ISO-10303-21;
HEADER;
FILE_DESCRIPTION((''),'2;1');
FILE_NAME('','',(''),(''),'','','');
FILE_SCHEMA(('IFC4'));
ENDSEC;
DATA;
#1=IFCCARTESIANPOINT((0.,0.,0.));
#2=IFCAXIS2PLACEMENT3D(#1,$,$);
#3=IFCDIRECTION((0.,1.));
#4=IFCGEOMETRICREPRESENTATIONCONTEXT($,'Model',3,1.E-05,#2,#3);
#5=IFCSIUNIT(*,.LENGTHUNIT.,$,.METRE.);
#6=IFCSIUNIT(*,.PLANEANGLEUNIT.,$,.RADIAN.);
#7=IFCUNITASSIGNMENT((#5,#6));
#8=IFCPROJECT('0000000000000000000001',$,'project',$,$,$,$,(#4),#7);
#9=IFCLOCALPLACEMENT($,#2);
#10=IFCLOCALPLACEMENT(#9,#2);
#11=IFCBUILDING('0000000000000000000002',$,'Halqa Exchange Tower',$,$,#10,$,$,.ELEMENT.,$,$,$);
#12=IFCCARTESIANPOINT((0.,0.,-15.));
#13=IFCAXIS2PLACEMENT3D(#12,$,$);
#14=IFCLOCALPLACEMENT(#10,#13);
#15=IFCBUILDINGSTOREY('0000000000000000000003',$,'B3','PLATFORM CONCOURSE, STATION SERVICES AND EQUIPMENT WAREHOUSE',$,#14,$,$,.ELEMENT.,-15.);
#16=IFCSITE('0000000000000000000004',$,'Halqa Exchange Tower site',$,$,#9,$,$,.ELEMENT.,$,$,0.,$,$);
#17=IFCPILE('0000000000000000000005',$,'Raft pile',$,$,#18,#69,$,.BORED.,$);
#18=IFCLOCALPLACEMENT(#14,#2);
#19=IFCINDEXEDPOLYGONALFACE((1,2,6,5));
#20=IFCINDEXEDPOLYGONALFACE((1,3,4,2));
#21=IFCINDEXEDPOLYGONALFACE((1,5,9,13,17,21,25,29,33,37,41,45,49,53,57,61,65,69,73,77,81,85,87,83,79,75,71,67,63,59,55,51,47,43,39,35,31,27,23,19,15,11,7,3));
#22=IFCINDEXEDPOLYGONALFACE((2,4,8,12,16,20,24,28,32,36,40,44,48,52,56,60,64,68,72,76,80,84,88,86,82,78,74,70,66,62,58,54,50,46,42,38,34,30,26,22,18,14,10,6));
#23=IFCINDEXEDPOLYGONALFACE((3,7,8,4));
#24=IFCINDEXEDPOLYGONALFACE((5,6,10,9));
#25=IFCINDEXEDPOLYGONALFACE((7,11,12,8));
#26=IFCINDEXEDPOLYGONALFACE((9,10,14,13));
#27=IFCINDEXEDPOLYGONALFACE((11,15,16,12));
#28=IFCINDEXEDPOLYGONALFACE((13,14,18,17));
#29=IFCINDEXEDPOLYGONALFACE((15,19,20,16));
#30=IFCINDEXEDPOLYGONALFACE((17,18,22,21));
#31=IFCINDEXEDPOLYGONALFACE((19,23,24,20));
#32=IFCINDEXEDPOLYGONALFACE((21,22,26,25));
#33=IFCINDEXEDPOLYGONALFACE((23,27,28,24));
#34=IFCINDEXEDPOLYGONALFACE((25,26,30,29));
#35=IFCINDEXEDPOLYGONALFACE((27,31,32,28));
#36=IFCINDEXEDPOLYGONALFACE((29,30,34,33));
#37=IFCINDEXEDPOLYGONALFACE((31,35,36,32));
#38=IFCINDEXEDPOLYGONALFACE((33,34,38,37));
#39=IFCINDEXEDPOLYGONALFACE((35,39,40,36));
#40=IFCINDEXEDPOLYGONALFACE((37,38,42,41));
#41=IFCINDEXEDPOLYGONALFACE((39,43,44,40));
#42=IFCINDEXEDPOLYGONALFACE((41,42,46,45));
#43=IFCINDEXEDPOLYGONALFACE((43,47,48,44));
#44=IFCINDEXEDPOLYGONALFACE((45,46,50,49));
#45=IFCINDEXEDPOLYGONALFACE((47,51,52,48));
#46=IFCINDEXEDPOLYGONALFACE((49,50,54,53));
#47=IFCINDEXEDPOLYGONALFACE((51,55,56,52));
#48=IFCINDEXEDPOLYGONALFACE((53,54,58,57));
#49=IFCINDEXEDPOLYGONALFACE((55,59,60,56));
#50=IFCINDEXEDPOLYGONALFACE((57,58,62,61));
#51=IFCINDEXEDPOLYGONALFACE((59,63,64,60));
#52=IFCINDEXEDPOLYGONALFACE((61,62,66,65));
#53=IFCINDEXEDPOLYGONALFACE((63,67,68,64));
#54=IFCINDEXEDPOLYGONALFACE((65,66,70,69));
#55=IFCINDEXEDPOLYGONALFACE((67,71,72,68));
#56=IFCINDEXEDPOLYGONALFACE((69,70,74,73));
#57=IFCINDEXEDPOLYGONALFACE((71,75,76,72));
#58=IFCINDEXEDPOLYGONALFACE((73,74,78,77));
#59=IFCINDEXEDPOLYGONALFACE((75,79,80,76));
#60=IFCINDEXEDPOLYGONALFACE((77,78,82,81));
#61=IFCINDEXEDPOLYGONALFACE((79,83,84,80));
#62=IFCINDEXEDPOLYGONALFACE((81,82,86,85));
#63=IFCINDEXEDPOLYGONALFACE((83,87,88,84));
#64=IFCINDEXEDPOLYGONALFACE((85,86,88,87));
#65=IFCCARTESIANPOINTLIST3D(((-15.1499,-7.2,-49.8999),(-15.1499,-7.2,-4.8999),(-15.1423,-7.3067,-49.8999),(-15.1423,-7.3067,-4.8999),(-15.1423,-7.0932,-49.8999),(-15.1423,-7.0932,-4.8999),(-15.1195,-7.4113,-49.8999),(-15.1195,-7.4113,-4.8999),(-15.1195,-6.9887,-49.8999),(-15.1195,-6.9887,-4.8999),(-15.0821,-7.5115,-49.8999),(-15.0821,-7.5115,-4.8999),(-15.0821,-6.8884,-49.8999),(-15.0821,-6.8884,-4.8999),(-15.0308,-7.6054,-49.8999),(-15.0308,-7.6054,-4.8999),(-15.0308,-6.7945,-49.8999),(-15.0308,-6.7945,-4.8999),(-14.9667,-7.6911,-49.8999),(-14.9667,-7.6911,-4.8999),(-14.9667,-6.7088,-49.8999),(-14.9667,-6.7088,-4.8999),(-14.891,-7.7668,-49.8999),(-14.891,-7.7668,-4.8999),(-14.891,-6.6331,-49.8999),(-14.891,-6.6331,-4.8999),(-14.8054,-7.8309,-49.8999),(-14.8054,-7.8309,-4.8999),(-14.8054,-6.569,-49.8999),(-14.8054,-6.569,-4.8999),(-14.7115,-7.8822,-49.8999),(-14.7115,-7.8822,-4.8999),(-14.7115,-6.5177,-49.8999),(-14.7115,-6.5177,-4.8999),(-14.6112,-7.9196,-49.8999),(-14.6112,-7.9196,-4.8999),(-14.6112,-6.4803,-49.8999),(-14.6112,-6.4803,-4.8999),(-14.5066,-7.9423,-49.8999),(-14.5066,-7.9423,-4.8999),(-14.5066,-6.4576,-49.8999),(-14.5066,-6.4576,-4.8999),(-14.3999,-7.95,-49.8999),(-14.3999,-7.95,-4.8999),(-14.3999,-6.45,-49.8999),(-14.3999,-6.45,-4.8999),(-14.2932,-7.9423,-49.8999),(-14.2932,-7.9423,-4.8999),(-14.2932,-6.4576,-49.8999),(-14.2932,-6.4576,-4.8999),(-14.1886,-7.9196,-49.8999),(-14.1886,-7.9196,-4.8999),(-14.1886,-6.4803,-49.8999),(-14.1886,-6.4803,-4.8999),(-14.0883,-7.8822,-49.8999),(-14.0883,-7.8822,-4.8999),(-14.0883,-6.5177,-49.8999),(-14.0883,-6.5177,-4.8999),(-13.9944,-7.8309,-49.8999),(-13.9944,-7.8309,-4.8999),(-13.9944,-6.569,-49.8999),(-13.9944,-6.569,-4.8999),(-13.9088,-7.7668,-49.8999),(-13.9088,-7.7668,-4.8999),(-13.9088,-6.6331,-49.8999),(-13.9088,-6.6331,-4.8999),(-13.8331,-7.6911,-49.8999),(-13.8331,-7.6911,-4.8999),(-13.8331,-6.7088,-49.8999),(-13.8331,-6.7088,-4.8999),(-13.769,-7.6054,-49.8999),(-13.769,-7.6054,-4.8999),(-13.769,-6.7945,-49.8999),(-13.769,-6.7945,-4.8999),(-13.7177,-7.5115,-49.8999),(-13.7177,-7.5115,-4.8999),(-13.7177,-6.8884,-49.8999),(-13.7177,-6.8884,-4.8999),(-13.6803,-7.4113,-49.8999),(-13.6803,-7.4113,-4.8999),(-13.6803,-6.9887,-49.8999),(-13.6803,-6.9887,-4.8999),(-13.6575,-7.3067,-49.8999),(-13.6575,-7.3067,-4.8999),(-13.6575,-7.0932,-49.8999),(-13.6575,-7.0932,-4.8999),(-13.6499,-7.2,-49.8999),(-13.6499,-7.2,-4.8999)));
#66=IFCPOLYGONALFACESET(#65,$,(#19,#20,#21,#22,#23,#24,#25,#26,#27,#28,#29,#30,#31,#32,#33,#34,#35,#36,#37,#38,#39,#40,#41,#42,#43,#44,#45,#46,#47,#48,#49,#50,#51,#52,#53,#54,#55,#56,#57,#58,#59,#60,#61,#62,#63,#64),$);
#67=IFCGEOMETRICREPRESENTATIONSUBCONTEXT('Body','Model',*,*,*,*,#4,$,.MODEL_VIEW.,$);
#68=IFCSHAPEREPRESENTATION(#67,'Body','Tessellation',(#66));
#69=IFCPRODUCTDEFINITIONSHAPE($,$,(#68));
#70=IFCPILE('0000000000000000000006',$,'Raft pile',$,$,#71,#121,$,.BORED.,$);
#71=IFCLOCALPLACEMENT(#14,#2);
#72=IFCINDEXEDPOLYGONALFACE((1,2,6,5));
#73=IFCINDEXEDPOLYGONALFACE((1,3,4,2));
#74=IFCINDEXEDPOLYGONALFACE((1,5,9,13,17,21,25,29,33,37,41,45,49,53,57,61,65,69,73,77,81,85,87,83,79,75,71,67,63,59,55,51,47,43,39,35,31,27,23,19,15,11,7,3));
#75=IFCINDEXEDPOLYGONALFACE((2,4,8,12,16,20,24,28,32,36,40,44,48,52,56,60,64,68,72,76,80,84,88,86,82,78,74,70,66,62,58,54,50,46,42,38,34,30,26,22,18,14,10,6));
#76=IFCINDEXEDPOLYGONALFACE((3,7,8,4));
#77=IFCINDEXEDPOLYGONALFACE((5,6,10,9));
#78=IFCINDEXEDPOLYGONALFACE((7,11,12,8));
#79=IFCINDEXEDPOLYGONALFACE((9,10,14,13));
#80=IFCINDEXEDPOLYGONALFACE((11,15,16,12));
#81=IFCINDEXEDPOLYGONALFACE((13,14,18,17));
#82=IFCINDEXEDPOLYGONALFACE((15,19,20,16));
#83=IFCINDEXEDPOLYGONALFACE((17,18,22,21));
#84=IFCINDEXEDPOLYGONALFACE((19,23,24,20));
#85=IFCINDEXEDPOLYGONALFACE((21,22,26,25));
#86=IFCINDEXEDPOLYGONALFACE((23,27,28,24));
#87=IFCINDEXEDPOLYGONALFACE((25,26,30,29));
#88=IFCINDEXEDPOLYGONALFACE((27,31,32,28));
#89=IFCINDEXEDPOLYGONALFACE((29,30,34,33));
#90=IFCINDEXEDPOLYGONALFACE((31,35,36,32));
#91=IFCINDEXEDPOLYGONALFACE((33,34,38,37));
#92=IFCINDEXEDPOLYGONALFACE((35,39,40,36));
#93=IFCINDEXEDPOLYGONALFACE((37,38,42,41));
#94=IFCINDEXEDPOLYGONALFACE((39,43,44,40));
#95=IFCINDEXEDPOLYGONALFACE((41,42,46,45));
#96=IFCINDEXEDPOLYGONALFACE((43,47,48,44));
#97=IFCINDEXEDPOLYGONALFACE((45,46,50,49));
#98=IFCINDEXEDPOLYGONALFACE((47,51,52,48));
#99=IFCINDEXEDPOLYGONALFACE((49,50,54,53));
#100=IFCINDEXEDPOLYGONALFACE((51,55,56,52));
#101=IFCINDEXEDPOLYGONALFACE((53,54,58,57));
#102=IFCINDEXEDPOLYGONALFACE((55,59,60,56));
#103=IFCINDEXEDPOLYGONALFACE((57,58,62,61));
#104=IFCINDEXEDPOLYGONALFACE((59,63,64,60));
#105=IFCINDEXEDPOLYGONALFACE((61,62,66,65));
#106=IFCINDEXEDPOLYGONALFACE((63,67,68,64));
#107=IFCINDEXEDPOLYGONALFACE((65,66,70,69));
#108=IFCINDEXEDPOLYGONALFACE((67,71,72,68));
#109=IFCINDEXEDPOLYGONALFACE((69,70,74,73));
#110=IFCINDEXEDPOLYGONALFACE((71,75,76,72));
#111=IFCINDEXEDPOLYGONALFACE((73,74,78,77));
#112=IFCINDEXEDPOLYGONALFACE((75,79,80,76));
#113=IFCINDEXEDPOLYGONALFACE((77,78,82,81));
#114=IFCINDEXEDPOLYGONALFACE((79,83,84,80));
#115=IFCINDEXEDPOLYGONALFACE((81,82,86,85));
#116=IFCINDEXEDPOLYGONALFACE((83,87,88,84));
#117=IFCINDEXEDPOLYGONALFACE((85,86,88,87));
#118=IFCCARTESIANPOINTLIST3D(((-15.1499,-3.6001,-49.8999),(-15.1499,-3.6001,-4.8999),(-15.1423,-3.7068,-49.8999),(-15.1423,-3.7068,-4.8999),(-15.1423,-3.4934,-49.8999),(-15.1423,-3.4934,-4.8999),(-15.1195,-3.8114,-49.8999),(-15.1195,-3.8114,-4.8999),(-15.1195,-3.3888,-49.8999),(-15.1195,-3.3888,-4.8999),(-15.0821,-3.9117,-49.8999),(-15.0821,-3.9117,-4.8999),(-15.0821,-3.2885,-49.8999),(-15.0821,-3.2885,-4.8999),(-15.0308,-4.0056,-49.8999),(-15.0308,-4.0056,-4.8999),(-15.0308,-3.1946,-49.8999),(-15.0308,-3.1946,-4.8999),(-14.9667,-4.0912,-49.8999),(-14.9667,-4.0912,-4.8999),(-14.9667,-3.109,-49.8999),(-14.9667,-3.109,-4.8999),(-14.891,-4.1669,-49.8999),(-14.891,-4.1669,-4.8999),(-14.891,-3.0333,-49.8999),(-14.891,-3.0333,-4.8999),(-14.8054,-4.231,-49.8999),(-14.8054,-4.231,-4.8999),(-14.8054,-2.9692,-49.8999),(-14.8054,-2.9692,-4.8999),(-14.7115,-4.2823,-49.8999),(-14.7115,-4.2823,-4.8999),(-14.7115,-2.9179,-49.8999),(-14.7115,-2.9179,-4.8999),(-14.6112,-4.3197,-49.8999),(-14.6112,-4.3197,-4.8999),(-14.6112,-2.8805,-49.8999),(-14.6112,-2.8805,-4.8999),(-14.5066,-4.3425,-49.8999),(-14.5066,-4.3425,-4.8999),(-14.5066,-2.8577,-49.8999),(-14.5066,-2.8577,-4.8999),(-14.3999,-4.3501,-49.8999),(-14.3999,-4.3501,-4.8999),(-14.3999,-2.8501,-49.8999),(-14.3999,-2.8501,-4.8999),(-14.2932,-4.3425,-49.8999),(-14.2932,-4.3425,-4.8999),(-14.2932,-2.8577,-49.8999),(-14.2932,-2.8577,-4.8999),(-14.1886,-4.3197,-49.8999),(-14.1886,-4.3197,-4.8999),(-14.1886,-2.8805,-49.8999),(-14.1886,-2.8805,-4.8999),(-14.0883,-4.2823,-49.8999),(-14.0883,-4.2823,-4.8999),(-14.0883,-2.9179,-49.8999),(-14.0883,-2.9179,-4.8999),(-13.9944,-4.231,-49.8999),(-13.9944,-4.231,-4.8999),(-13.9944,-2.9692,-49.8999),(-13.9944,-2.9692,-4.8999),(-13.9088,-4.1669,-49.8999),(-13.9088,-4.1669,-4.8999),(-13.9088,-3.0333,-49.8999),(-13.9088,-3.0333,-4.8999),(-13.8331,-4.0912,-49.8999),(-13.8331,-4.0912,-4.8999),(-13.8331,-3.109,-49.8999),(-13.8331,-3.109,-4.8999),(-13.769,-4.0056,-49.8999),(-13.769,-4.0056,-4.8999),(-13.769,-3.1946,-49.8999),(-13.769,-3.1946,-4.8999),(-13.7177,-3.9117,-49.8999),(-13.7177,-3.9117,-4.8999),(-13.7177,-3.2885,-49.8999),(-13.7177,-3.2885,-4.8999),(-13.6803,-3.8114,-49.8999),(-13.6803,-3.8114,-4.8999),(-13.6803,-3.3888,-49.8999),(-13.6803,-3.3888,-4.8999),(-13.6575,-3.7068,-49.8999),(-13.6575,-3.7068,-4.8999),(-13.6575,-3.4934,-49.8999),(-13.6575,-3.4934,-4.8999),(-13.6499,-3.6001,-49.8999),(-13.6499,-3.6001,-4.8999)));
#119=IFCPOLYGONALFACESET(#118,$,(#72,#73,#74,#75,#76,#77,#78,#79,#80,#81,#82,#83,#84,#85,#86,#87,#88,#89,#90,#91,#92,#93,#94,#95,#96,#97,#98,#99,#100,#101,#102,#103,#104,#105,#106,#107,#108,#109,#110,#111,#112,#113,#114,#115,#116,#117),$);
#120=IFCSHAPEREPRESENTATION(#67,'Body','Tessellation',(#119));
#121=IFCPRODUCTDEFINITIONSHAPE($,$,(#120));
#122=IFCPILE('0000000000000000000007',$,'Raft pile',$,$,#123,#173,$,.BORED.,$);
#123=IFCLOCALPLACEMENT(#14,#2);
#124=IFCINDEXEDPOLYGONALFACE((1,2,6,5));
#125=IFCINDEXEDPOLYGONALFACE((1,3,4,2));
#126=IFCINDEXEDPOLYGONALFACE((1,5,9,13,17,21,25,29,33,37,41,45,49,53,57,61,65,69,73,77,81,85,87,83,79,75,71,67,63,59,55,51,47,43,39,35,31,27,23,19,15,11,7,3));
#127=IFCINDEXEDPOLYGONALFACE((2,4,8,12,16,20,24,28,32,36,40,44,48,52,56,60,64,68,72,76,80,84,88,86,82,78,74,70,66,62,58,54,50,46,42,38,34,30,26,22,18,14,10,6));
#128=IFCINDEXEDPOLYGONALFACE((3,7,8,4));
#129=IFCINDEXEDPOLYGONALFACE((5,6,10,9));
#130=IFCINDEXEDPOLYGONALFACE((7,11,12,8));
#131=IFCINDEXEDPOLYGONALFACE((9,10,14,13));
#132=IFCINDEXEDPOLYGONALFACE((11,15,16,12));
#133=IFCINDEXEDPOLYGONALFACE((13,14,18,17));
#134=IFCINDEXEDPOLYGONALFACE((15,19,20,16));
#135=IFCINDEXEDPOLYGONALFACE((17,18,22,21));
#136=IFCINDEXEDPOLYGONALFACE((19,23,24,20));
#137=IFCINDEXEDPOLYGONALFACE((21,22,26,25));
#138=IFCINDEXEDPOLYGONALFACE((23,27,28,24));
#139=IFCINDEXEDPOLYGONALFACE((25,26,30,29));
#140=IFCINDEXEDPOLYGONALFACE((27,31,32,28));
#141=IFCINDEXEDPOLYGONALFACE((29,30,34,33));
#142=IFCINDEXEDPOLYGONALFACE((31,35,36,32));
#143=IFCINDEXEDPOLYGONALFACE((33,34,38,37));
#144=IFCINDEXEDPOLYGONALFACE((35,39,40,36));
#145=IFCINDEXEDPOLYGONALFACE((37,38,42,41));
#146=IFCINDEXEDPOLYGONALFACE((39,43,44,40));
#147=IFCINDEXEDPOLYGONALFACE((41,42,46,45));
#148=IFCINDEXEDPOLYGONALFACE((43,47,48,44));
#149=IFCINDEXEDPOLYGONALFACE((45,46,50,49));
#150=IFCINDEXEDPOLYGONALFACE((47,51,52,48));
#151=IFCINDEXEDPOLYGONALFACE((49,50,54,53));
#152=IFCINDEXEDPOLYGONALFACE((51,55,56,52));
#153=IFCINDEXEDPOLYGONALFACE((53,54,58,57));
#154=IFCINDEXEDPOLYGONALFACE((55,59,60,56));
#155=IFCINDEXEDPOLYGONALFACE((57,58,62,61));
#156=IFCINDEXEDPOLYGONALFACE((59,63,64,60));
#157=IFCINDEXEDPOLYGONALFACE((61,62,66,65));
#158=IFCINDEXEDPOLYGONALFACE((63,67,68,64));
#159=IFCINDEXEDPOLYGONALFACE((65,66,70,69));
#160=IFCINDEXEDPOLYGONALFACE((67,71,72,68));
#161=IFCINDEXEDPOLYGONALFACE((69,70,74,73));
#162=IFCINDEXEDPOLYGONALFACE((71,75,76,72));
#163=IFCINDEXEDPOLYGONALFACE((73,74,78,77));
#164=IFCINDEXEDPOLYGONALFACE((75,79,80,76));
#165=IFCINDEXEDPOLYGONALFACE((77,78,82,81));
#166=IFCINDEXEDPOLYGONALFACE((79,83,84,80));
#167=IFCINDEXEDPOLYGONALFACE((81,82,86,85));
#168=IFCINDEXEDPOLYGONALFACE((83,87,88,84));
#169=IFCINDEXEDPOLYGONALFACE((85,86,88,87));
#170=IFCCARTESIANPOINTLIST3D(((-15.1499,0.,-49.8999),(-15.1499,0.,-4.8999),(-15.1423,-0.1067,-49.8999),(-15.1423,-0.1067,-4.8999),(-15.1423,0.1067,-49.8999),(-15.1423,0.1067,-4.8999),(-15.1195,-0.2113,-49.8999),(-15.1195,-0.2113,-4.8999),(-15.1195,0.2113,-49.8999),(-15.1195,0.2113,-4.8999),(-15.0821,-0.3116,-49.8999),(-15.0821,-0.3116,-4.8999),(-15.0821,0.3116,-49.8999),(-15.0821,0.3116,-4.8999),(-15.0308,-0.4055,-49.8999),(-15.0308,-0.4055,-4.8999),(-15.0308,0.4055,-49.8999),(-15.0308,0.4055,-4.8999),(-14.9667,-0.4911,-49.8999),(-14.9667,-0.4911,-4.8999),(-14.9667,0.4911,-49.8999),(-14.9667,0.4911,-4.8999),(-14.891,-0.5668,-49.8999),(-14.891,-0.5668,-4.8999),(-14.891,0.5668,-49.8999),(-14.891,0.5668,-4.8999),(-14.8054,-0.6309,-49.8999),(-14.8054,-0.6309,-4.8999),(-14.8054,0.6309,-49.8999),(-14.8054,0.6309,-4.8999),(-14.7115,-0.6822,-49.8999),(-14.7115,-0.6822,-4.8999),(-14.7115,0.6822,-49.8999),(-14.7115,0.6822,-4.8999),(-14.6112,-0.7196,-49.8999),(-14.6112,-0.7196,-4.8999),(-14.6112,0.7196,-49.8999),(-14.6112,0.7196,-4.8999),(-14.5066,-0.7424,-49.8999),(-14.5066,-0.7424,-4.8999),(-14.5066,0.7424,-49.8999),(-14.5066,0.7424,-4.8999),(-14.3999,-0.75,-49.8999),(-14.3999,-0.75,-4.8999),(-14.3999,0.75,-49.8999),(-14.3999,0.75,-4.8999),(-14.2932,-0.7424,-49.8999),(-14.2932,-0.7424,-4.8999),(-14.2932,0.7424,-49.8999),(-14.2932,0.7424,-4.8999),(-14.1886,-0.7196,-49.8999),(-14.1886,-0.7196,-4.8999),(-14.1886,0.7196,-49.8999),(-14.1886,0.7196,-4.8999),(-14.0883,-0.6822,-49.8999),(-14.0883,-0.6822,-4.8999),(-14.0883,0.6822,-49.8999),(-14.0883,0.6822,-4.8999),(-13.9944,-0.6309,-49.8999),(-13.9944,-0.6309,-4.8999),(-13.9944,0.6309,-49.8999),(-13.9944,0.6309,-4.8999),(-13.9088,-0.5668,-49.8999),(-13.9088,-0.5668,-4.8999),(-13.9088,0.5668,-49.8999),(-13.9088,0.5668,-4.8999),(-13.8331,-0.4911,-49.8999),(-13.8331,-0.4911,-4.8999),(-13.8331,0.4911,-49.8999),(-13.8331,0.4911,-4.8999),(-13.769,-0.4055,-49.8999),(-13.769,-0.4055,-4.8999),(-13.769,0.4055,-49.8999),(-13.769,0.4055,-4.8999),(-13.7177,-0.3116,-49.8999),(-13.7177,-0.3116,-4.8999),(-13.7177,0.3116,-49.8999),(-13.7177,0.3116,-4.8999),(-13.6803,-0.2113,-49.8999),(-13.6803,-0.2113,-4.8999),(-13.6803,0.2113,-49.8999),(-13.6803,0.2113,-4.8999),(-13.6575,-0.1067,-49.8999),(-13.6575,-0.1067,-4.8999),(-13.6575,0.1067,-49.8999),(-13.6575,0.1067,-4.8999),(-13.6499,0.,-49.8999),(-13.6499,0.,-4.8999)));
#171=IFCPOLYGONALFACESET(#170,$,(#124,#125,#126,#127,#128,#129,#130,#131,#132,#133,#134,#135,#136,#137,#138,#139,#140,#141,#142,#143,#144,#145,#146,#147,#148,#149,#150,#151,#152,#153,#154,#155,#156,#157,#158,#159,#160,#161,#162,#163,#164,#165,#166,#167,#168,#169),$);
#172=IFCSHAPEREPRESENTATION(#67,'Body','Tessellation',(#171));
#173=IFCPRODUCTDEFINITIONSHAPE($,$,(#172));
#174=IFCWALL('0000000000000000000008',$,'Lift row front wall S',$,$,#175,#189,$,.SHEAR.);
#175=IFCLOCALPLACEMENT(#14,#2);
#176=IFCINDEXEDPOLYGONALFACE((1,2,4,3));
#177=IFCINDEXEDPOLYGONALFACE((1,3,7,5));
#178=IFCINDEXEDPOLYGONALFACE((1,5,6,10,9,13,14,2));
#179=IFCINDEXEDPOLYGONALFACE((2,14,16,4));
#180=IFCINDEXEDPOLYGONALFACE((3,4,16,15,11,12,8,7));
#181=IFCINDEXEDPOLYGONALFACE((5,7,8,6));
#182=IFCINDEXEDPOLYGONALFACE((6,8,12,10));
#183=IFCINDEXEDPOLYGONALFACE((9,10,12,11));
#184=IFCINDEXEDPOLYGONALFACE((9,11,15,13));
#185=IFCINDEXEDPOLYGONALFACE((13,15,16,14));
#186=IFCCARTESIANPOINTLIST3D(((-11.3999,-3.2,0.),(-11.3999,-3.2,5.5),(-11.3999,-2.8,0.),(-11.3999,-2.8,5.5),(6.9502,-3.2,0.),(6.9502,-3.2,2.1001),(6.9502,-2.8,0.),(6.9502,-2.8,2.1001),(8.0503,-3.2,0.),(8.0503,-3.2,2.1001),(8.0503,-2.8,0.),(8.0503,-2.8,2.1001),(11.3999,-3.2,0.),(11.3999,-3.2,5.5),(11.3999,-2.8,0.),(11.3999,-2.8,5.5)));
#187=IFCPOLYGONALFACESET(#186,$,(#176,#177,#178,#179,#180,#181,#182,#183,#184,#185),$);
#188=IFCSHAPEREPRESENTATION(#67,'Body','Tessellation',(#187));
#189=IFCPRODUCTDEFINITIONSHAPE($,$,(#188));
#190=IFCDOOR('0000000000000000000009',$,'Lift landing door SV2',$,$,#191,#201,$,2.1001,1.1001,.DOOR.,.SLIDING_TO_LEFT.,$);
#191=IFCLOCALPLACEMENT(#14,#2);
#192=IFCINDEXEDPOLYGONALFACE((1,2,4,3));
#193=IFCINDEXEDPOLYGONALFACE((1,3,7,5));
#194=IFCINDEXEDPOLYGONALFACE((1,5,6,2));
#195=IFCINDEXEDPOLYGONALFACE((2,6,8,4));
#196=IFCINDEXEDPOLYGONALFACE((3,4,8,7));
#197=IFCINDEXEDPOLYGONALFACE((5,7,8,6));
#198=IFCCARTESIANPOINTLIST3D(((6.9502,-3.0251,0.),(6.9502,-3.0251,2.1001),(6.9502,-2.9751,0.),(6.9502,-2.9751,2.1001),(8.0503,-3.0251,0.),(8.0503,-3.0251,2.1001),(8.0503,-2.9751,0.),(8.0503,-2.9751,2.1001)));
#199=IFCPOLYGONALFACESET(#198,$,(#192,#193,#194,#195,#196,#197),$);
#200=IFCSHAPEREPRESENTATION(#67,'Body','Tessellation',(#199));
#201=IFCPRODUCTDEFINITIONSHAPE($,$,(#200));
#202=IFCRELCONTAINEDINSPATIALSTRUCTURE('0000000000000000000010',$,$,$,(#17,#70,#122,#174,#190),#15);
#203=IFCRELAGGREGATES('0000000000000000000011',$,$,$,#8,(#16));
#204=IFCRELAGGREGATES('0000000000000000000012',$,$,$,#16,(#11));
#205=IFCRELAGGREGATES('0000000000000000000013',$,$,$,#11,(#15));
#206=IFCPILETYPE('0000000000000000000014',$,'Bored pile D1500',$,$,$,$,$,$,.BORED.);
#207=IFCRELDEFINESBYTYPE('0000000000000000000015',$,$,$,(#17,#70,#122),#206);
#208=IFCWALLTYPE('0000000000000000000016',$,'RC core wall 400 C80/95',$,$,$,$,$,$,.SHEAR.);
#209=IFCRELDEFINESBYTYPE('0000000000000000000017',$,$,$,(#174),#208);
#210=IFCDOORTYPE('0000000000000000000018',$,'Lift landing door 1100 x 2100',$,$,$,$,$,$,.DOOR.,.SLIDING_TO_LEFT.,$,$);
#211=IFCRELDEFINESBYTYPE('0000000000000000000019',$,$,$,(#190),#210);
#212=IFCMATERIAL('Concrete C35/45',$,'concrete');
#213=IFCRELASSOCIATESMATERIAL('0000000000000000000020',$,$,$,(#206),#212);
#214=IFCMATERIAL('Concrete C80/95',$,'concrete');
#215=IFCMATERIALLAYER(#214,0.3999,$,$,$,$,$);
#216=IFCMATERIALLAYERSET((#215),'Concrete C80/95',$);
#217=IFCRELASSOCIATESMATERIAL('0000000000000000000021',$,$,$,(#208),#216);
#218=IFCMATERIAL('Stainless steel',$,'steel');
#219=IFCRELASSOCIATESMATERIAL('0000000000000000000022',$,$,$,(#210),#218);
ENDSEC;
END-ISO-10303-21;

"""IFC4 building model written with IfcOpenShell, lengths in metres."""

from ifc_helpers import new_model, si_unit, direction, frame, frame_2d, origin, origin_2d, place, context, subcontext, project, spatial, rectangle, circle, extrude, material, layer, layer_set, material_profile, profile_set, type_object, element, fill, save


model = new_model("IFC4")

# Units and contexts
model_context = context("Model", 3, precision=1e-05, world=origin(), true_north=direction((0.0, 1.0)))
body_context = subcontext(model_context, "Body", "Model", "MODEL_VIEW")
ifc_project = project(units=[si_unit("LENGTHUNIT", "METRE"), si_unit("PLANEANGLEUNIT", "RADIAN")], contexts=[model_context])

# Site, building, storey
site_placement = place(None, origin())
site = spatial("IfcSite", under=ifc_project, at=site_placement, Name="Halqa Exchange Tower site", CompositionType="ELEMENT", RefElevation=0.0)
building_placement = place(site_placement, origin())
building = spatial("IfcBuilding", under=site, at=building_placement, Name="Halqa Exchange Tower", CompositionType="ELEMENT")
storey_placement = place(building_placement, frame((0.0, 0.0, -15.0)))
storey = spatial("IfcBuildingStorey", under=building, at=storey_placement, Name="B3", Description="PLATFORM CONCOURSE, STATION SERVICES AND EQUIPMENT WAREHOUSE", CompositionType="ELEMENT", Elevation=-15.0)

# Piles
ifc_material_1 = material(Name="Concrete C35/45", Category="concrete")
ifc_material_profile_1 = material_profile(ifc_material_1, circle(Radius=0.75, at=origin_2d()), Name="D1500")
ifc_profile_set_1 = profile_set([ifc_material_profile_1], Name="Concrete C35/45")
pile_type_1 = type_object("IfcPileType", Name="Bored pile D1500", PredefinedType="BORED", material=ifc_profile_set_1)
for number, where, z_axis, x_axis, name in (
    (1, (-14.3999, -7.2, -4.8999), (0.0, 0.0, -1.0), (1.0, 0.0, 0.0), "Raft pile"),
    (2, (-14.3999, -3.6001, -4.8999), (0.0, 0.0, -1.0), (1.0, 0.0, 0.0), "Raft pile"),
    (3, (-14.3999, 0.0, -4.8999), (0.0, 0.0, -1.0), (1.0, 0.0, 0.0), "Raft pile"),
):
    element("IfcPile", number, at=place(storey_placement, frame(where, z_axis=z_axis, x_axis=x_axis)), inside=storey, type_object=pile_type_1, Name=name, PredefinedType="BORED", context=body_context, shape_type="SweptSolid", body=[
        extrude(circle(Radius=0.75, at=origin_2d()), origin(), (0.0, 0.0, 1.0), 45.0),
    ])

# Wall, opening, door
ifc_material_2 = material(Name="Concrete C80/95", Category="concrete")
ifc_layer = layer(ifc_material_2, 0.3999)
ifc_layer_set = layer_set([ifc_layer], Name="Concrete C80/95")
wall_type = type_object("IfcWallType", Name="RC core wall 400 C80/95", PredefinedType="SHEAR", material=ifc_layer_set)
wall_1_placement = place(storey_placement, frame((-11.3999, -3.0, 0.0), z_axis=(0.0, 0.0, 1.0), x_axis=(1.0, 0.0, 0.0)))
wall_1 = element("IfcWall", 4, at=wall_1_placement, inside=storey, type_object=wall_type, Name="Lift row front wall S", PredefinedType="SHEAR", context=body_context, shape_type="SweptSolid", body=[
    extrude(rectangle(XDim=22.7998, YDim=0.3999, at=frame_2d((11.3999, 0.0))), origin(), (0.0, 0.0, 1.0), 5.5),
])
opening_1_placement = place(wall_1_placement, frame((18.3501, 0.0, 0.0)))
opening_1 = element("IfcOpeningElement", 5, at=opening_1_placement, cuts=wall_1, PredefinedType="OPENING", context=body_context, shape_type="SweptSolid", body=[
    extrude(rectangle(XDim=1.1001, YDim=2.1001, at=frame_2d((0.55, 1.05))), frame((0.0, 0.2119, 0.0), z_axis=(0.0, -1.0, 0.0), x_axis=(1.0, 0.0, 0.0)), (0.0, 0.0, 1.0), 0.4238),
])
ifc_material_3 = material(Name="Stainless steel", Category="steel")
door_type = type_object("IfcDoorType", Name="Lift landing door 1100 x 2100", OperationType="SLIDING_TO_LEFT", PredefinedType="DOOR", material=ifc_material_3)
door_1_placement = place(opening_1_placement, origin())
door_1 = element("IfcDoor", 6, at=door_1_placement, inside=storey, type_object=door_type, Name="Lift landing door SV2", OperationType="SLIDING_TO_LEFT", OverallHeight=2.1001, OverallWidth=1.1001, PredefinedType="DOOR", context=body_context, shape_type="SweptSolid", body=[
    extrude(rectangle(XDim=1.1001, YDim=2.1001, at=frame_2d((0.55, 1.05))), frame((0.0, 0.0249, 0.0), z_axis=(0.0, -1.0, 0.0), x_axis=(1.0, 0.0, 0.0)), (0.0, 0.0, 1.0), 0.05),
])
fill(opening_1, door_1)

save(model, "model.ifc")
